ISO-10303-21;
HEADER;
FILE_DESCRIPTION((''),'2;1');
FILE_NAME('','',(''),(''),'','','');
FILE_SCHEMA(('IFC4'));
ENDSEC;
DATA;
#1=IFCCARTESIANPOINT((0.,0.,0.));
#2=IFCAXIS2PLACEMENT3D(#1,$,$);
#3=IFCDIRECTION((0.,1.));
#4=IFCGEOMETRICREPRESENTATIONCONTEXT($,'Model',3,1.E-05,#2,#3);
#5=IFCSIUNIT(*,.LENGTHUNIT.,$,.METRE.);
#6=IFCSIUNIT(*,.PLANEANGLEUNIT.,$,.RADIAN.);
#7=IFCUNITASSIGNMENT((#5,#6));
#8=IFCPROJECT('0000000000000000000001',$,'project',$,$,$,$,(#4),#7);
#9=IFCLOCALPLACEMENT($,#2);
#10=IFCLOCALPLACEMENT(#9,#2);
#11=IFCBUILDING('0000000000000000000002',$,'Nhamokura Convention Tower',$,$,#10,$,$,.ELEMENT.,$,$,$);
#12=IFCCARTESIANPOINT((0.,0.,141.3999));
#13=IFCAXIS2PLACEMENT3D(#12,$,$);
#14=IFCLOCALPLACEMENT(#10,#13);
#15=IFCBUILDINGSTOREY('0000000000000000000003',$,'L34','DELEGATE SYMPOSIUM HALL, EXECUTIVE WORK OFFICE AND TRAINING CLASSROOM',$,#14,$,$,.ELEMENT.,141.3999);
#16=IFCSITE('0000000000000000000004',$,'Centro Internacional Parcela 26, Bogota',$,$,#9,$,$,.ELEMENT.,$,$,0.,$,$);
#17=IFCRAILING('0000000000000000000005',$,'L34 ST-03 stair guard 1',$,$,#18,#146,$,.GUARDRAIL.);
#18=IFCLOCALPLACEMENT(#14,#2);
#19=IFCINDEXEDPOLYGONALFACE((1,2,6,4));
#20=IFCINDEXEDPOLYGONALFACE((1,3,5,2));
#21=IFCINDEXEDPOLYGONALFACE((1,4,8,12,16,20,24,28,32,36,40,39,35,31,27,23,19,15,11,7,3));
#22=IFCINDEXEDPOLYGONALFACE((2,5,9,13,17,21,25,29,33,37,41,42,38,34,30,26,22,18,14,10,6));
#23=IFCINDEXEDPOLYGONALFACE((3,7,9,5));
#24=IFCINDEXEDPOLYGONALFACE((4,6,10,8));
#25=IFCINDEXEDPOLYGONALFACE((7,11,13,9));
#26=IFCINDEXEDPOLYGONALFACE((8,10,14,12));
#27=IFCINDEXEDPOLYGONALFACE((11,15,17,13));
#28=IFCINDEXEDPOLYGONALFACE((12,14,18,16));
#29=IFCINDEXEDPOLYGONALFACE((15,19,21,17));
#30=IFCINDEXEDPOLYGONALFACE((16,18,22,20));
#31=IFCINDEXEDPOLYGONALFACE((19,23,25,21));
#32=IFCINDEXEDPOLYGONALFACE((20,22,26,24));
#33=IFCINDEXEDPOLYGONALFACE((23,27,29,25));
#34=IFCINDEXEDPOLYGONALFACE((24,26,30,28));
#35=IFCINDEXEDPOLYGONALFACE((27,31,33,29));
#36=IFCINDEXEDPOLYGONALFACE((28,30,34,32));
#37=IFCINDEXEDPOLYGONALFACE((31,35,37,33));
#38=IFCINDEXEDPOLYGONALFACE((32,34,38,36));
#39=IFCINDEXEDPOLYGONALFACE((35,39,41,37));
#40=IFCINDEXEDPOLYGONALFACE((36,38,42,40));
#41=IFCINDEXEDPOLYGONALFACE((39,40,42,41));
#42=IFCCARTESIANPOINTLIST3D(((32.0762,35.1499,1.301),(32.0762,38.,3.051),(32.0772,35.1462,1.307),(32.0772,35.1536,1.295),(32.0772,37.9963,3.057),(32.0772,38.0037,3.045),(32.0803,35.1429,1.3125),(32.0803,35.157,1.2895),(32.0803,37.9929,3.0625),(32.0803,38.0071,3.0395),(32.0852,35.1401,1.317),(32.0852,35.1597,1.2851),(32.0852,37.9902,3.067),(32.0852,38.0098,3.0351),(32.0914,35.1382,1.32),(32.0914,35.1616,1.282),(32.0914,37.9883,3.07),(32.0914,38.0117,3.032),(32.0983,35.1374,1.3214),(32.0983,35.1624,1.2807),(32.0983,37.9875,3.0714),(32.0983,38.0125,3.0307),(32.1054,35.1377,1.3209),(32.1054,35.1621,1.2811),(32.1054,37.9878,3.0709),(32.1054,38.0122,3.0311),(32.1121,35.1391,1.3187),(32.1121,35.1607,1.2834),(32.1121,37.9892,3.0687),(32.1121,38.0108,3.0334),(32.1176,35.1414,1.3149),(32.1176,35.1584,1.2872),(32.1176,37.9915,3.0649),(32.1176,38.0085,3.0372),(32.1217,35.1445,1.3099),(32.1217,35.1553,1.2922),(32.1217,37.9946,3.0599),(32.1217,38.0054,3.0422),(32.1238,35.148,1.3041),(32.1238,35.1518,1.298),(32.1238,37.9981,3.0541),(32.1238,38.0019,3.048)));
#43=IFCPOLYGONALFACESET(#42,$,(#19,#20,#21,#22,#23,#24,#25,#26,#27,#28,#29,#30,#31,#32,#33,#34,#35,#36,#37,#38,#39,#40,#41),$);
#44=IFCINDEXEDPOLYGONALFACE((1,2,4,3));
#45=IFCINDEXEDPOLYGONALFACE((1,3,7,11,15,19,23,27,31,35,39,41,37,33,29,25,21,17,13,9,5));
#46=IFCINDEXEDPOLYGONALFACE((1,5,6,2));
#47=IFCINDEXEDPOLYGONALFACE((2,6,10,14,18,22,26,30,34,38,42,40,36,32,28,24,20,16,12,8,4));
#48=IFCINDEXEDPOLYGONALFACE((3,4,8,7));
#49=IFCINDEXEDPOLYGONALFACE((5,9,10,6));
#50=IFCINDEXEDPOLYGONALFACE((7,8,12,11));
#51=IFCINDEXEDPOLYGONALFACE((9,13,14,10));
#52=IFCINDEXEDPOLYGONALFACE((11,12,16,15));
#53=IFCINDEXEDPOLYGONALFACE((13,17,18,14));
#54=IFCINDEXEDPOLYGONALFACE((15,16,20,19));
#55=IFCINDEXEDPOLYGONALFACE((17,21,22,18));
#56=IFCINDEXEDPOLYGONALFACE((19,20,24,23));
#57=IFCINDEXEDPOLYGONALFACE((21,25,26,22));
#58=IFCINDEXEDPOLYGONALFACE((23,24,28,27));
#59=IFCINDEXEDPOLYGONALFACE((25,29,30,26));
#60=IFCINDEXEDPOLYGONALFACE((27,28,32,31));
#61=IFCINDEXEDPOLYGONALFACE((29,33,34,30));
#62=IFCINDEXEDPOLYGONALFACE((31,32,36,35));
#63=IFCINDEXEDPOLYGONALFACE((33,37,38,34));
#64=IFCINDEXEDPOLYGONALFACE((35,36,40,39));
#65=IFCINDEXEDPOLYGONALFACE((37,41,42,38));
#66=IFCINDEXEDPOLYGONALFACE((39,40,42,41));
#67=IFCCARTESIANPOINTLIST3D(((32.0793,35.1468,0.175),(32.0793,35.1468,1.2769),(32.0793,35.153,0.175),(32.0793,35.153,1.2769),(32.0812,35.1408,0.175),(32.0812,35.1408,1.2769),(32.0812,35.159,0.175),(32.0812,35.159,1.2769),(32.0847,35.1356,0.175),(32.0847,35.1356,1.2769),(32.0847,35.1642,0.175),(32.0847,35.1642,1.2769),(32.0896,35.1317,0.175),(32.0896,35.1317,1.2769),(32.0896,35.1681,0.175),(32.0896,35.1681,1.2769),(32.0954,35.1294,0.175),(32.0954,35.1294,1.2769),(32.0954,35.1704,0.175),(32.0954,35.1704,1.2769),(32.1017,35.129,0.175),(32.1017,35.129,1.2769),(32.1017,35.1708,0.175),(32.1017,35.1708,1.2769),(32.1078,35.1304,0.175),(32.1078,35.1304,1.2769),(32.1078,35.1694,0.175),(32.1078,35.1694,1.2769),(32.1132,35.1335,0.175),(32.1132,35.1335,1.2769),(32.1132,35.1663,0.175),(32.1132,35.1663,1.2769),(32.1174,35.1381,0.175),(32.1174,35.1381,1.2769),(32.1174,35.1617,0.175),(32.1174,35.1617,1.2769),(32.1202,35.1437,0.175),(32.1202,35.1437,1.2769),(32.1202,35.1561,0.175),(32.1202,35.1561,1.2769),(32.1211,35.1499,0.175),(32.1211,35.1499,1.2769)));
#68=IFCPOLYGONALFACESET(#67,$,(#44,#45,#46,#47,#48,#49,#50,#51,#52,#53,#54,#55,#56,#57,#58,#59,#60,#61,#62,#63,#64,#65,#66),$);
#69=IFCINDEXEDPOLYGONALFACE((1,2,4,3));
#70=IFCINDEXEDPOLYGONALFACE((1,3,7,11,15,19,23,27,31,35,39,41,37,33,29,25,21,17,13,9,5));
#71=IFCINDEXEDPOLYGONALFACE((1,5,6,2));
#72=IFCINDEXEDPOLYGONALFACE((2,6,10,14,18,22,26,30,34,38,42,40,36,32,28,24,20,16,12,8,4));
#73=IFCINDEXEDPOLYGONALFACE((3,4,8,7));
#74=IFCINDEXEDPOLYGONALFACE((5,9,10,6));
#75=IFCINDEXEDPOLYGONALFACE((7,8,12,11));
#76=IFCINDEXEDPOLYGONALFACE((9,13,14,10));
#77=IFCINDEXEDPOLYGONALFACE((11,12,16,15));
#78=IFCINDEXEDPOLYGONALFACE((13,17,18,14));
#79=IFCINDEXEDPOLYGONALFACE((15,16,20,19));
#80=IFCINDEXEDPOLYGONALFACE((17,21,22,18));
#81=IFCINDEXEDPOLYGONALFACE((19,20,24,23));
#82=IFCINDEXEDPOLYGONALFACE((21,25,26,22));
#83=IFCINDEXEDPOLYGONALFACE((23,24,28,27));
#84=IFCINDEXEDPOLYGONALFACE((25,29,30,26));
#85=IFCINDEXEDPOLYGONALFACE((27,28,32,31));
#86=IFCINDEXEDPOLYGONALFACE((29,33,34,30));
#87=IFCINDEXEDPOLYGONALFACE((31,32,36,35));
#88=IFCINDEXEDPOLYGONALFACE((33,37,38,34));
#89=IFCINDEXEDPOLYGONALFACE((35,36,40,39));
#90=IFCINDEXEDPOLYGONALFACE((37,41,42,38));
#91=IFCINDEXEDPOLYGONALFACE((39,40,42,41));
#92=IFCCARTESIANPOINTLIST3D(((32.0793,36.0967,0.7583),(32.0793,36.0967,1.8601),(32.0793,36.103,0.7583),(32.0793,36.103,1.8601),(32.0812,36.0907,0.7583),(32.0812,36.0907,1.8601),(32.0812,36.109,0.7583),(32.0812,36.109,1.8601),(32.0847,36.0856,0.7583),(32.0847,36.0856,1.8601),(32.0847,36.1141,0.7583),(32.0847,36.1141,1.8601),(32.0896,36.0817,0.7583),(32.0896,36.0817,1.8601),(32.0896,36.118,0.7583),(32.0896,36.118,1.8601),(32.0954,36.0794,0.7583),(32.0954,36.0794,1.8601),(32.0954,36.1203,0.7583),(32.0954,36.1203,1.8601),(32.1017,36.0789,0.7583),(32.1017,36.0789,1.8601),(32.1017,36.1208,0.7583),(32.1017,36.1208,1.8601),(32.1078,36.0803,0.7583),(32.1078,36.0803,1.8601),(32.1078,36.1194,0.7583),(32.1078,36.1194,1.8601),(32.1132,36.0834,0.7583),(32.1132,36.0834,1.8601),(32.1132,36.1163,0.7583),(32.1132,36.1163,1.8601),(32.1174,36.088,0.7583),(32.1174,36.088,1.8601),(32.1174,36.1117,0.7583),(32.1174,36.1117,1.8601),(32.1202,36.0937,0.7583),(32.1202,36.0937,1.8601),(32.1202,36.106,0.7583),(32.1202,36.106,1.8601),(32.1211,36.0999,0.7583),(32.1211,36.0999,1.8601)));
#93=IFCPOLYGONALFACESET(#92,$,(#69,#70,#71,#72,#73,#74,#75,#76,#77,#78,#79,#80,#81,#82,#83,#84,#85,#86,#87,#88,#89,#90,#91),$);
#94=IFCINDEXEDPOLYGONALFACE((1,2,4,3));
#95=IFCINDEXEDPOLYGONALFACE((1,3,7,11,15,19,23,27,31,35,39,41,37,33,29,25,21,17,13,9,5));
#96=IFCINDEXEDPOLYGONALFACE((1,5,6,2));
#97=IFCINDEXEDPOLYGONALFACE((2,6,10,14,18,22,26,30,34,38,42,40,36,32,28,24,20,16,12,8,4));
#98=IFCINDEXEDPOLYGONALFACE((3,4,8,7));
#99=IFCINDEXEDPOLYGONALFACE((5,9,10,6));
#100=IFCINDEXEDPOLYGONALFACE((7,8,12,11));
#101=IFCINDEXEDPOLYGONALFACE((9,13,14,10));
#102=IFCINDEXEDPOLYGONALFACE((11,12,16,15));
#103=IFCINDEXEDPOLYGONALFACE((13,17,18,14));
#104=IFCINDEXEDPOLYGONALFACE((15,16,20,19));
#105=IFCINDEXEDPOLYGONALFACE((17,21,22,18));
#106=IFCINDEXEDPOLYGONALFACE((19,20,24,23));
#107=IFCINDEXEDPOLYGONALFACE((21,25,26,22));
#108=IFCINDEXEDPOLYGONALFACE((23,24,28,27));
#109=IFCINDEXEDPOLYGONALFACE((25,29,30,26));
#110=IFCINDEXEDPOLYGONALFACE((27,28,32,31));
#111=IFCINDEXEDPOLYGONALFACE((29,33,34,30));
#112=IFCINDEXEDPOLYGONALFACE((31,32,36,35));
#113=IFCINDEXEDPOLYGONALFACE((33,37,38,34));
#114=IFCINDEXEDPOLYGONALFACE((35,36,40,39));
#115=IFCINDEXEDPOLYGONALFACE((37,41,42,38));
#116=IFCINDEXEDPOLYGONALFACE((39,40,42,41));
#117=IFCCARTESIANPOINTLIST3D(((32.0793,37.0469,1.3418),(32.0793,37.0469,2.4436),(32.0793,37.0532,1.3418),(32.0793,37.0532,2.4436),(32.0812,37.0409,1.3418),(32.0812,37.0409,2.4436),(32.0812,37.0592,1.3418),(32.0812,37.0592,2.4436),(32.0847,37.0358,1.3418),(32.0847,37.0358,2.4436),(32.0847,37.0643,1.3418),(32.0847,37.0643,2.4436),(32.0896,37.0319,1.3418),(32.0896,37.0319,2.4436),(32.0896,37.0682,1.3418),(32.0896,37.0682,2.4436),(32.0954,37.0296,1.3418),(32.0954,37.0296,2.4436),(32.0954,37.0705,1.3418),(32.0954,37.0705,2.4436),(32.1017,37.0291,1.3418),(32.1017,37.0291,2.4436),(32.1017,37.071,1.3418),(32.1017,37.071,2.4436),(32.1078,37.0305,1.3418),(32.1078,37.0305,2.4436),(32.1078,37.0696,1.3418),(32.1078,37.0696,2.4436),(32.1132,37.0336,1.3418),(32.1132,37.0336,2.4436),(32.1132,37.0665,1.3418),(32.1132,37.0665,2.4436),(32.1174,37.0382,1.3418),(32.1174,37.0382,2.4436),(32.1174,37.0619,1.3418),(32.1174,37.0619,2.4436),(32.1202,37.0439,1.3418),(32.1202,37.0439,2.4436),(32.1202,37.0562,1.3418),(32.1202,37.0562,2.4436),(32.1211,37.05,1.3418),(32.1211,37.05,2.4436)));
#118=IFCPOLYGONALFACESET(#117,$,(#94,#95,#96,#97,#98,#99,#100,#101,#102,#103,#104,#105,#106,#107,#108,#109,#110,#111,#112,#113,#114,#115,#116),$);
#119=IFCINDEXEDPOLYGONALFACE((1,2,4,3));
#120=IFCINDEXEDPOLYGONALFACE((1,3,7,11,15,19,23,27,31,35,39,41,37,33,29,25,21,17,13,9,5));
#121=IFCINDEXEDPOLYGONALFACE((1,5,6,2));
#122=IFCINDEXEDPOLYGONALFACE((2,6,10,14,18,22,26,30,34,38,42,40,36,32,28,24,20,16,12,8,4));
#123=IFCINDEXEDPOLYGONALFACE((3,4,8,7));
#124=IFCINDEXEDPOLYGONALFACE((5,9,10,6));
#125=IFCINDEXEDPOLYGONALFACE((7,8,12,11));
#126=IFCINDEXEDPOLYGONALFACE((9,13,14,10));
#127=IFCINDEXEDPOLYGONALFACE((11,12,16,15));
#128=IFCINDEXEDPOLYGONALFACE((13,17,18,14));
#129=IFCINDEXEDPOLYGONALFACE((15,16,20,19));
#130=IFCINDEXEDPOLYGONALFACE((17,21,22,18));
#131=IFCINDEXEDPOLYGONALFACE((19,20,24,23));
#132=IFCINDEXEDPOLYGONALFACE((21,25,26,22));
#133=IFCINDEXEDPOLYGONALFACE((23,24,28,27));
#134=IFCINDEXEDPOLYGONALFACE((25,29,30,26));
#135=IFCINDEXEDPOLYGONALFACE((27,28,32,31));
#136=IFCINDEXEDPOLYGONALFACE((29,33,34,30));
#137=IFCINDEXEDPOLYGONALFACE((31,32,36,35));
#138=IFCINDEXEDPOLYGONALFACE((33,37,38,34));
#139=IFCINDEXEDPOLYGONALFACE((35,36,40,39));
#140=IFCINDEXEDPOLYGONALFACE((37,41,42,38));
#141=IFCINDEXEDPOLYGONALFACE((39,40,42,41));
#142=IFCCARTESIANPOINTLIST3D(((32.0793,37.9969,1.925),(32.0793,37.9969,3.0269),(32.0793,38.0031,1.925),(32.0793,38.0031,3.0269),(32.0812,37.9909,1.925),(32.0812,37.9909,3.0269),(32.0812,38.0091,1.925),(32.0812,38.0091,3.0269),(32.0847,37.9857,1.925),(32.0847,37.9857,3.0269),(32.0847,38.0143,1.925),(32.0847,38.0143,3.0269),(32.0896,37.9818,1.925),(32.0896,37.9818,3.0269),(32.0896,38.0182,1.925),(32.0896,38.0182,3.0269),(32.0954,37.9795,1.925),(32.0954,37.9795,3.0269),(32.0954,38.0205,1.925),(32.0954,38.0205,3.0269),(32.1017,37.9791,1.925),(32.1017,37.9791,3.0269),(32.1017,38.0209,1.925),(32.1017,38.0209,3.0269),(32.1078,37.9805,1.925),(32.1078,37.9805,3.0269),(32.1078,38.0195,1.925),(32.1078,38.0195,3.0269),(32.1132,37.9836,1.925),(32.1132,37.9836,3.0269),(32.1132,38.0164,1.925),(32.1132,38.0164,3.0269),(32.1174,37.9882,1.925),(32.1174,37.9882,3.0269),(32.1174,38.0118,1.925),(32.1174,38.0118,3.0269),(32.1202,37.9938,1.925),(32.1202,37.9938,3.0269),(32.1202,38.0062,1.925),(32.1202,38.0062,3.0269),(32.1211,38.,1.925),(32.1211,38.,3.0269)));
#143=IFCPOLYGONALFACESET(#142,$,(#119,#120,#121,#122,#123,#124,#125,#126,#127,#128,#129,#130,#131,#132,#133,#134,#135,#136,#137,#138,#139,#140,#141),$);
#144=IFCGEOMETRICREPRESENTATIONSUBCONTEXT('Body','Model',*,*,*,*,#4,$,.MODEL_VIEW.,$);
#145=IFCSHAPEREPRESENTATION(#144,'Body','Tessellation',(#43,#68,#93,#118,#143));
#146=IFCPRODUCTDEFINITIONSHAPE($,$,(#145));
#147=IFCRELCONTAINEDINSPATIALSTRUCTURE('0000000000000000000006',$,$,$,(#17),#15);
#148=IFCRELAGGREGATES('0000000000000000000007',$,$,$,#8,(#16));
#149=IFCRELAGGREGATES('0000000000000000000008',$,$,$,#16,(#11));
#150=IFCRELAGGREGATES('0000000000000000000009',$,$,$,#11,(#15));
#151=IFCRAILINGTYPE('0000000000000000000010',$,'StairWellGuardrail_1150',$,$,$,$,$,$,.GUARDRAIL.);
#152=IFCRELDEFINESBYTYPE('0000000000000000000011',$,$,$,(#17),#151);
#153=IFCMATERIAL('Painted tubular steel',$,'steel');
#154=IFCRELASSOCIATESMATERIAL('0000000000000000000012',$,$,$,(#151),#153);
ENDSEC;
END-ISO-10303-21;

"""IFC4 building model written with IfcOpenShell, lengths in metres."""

from ifc_helpers import new_model, si_unit, direction, frame, origin, origin_2d, place, context, subcontext, project, spatial, circle, extrude, material, type_object, element, save


model = new_model("IFC4")

# Units and contexts
model_context = context("Model", 3, precision=1e-05, world=origin(), true_north=direction((0.0, 1.0)))
body_context = subcontext(model_context, "Body", "Model", "MODEL_VIEW")
ifc_project = project(units=[si_unit("LENGTHUNIT", "METRE"), si_unit("PLANEANGLEUNIT", "RADIAN")], contexts=[model_context])

# Site, building, storey
site_placement = place(None, origin())
site = spatial("IfcSite", under=ifc_project, at=site_placement, Name="Centro Internacional Parcela 26, Bogota", CompositionType="ELEMENT", RefElevation=0.0)
building_placement = place(site_placement, origin())
building = spatial("IfcBuilding", under=site, at=building_placement, Name="Nhamokura Convention Tower", CompositionType="ELEMENT")
storey_placement = place(building_placement, frame((0.0, 0.0, 141.3999)))
storey = spatial("IfcBuildingStorey", under=building, at=storey_placement, Name="L34", Description="DELEGATE SYMPOSIUM HALL, EXECUTIVE WORK OFFICE AND TRAINING CLASSROOM", CompositionType="ELEMENT", Elevation=141.3999)

# Railing
ifc_material_1 = material(Name="Painted tubular steel", Category="steel")
railing_type_1 = type_object("IfcRailingType", Name="StairWellGuardrail_1150", PredefinedType="GUARDRAIL", material=ifc_material_1)
railing_1_placement = place(storey_placement, frame((32.1001, 35.1499, 0.175)))
element("IfcRailing", 1, at=railing_1_placement, inside=storey, type_object=railing_type_1, Name="L34 ST-03 stair guard 1", PredefinedType="GUARDRAIL", context=body_context, shape_type="SweptSolid", body=[
    extrude(circle(Radius=0.0239, at=origin_2d()), frame((0.0, 0.0, 1.126), z_axis=(0.0, 0.852179, 0.52325), x_axis=(-1.0, 0.0, 0.0)), (0.0, 0.0, 1.0), 3.3445),
    extrude(circle(Radius=0.021, at=origin_2d()), origin(), (0.0, 0.0, 1.0), 1.1018),
    extrude(circle(Radius=0.021, at=origin_2d()), frame((0.0, 0.95, 0.5833)), (0.0, 0.0, 1.0), 1.1018),
    extrude(circle(Radius=0.021, at=origin_2d()), frame((0.0, 1.9001, 1.1667)), (0.0, 0.0, 1.0), 1.1018),
    extrude(circle(Radius=0.021, at=origin_2d()), frame((0.0, 2.8501, 1.75)), (0.0, 0.0, 1.0), 1.1018),
])

save(model, "model.ifc")
